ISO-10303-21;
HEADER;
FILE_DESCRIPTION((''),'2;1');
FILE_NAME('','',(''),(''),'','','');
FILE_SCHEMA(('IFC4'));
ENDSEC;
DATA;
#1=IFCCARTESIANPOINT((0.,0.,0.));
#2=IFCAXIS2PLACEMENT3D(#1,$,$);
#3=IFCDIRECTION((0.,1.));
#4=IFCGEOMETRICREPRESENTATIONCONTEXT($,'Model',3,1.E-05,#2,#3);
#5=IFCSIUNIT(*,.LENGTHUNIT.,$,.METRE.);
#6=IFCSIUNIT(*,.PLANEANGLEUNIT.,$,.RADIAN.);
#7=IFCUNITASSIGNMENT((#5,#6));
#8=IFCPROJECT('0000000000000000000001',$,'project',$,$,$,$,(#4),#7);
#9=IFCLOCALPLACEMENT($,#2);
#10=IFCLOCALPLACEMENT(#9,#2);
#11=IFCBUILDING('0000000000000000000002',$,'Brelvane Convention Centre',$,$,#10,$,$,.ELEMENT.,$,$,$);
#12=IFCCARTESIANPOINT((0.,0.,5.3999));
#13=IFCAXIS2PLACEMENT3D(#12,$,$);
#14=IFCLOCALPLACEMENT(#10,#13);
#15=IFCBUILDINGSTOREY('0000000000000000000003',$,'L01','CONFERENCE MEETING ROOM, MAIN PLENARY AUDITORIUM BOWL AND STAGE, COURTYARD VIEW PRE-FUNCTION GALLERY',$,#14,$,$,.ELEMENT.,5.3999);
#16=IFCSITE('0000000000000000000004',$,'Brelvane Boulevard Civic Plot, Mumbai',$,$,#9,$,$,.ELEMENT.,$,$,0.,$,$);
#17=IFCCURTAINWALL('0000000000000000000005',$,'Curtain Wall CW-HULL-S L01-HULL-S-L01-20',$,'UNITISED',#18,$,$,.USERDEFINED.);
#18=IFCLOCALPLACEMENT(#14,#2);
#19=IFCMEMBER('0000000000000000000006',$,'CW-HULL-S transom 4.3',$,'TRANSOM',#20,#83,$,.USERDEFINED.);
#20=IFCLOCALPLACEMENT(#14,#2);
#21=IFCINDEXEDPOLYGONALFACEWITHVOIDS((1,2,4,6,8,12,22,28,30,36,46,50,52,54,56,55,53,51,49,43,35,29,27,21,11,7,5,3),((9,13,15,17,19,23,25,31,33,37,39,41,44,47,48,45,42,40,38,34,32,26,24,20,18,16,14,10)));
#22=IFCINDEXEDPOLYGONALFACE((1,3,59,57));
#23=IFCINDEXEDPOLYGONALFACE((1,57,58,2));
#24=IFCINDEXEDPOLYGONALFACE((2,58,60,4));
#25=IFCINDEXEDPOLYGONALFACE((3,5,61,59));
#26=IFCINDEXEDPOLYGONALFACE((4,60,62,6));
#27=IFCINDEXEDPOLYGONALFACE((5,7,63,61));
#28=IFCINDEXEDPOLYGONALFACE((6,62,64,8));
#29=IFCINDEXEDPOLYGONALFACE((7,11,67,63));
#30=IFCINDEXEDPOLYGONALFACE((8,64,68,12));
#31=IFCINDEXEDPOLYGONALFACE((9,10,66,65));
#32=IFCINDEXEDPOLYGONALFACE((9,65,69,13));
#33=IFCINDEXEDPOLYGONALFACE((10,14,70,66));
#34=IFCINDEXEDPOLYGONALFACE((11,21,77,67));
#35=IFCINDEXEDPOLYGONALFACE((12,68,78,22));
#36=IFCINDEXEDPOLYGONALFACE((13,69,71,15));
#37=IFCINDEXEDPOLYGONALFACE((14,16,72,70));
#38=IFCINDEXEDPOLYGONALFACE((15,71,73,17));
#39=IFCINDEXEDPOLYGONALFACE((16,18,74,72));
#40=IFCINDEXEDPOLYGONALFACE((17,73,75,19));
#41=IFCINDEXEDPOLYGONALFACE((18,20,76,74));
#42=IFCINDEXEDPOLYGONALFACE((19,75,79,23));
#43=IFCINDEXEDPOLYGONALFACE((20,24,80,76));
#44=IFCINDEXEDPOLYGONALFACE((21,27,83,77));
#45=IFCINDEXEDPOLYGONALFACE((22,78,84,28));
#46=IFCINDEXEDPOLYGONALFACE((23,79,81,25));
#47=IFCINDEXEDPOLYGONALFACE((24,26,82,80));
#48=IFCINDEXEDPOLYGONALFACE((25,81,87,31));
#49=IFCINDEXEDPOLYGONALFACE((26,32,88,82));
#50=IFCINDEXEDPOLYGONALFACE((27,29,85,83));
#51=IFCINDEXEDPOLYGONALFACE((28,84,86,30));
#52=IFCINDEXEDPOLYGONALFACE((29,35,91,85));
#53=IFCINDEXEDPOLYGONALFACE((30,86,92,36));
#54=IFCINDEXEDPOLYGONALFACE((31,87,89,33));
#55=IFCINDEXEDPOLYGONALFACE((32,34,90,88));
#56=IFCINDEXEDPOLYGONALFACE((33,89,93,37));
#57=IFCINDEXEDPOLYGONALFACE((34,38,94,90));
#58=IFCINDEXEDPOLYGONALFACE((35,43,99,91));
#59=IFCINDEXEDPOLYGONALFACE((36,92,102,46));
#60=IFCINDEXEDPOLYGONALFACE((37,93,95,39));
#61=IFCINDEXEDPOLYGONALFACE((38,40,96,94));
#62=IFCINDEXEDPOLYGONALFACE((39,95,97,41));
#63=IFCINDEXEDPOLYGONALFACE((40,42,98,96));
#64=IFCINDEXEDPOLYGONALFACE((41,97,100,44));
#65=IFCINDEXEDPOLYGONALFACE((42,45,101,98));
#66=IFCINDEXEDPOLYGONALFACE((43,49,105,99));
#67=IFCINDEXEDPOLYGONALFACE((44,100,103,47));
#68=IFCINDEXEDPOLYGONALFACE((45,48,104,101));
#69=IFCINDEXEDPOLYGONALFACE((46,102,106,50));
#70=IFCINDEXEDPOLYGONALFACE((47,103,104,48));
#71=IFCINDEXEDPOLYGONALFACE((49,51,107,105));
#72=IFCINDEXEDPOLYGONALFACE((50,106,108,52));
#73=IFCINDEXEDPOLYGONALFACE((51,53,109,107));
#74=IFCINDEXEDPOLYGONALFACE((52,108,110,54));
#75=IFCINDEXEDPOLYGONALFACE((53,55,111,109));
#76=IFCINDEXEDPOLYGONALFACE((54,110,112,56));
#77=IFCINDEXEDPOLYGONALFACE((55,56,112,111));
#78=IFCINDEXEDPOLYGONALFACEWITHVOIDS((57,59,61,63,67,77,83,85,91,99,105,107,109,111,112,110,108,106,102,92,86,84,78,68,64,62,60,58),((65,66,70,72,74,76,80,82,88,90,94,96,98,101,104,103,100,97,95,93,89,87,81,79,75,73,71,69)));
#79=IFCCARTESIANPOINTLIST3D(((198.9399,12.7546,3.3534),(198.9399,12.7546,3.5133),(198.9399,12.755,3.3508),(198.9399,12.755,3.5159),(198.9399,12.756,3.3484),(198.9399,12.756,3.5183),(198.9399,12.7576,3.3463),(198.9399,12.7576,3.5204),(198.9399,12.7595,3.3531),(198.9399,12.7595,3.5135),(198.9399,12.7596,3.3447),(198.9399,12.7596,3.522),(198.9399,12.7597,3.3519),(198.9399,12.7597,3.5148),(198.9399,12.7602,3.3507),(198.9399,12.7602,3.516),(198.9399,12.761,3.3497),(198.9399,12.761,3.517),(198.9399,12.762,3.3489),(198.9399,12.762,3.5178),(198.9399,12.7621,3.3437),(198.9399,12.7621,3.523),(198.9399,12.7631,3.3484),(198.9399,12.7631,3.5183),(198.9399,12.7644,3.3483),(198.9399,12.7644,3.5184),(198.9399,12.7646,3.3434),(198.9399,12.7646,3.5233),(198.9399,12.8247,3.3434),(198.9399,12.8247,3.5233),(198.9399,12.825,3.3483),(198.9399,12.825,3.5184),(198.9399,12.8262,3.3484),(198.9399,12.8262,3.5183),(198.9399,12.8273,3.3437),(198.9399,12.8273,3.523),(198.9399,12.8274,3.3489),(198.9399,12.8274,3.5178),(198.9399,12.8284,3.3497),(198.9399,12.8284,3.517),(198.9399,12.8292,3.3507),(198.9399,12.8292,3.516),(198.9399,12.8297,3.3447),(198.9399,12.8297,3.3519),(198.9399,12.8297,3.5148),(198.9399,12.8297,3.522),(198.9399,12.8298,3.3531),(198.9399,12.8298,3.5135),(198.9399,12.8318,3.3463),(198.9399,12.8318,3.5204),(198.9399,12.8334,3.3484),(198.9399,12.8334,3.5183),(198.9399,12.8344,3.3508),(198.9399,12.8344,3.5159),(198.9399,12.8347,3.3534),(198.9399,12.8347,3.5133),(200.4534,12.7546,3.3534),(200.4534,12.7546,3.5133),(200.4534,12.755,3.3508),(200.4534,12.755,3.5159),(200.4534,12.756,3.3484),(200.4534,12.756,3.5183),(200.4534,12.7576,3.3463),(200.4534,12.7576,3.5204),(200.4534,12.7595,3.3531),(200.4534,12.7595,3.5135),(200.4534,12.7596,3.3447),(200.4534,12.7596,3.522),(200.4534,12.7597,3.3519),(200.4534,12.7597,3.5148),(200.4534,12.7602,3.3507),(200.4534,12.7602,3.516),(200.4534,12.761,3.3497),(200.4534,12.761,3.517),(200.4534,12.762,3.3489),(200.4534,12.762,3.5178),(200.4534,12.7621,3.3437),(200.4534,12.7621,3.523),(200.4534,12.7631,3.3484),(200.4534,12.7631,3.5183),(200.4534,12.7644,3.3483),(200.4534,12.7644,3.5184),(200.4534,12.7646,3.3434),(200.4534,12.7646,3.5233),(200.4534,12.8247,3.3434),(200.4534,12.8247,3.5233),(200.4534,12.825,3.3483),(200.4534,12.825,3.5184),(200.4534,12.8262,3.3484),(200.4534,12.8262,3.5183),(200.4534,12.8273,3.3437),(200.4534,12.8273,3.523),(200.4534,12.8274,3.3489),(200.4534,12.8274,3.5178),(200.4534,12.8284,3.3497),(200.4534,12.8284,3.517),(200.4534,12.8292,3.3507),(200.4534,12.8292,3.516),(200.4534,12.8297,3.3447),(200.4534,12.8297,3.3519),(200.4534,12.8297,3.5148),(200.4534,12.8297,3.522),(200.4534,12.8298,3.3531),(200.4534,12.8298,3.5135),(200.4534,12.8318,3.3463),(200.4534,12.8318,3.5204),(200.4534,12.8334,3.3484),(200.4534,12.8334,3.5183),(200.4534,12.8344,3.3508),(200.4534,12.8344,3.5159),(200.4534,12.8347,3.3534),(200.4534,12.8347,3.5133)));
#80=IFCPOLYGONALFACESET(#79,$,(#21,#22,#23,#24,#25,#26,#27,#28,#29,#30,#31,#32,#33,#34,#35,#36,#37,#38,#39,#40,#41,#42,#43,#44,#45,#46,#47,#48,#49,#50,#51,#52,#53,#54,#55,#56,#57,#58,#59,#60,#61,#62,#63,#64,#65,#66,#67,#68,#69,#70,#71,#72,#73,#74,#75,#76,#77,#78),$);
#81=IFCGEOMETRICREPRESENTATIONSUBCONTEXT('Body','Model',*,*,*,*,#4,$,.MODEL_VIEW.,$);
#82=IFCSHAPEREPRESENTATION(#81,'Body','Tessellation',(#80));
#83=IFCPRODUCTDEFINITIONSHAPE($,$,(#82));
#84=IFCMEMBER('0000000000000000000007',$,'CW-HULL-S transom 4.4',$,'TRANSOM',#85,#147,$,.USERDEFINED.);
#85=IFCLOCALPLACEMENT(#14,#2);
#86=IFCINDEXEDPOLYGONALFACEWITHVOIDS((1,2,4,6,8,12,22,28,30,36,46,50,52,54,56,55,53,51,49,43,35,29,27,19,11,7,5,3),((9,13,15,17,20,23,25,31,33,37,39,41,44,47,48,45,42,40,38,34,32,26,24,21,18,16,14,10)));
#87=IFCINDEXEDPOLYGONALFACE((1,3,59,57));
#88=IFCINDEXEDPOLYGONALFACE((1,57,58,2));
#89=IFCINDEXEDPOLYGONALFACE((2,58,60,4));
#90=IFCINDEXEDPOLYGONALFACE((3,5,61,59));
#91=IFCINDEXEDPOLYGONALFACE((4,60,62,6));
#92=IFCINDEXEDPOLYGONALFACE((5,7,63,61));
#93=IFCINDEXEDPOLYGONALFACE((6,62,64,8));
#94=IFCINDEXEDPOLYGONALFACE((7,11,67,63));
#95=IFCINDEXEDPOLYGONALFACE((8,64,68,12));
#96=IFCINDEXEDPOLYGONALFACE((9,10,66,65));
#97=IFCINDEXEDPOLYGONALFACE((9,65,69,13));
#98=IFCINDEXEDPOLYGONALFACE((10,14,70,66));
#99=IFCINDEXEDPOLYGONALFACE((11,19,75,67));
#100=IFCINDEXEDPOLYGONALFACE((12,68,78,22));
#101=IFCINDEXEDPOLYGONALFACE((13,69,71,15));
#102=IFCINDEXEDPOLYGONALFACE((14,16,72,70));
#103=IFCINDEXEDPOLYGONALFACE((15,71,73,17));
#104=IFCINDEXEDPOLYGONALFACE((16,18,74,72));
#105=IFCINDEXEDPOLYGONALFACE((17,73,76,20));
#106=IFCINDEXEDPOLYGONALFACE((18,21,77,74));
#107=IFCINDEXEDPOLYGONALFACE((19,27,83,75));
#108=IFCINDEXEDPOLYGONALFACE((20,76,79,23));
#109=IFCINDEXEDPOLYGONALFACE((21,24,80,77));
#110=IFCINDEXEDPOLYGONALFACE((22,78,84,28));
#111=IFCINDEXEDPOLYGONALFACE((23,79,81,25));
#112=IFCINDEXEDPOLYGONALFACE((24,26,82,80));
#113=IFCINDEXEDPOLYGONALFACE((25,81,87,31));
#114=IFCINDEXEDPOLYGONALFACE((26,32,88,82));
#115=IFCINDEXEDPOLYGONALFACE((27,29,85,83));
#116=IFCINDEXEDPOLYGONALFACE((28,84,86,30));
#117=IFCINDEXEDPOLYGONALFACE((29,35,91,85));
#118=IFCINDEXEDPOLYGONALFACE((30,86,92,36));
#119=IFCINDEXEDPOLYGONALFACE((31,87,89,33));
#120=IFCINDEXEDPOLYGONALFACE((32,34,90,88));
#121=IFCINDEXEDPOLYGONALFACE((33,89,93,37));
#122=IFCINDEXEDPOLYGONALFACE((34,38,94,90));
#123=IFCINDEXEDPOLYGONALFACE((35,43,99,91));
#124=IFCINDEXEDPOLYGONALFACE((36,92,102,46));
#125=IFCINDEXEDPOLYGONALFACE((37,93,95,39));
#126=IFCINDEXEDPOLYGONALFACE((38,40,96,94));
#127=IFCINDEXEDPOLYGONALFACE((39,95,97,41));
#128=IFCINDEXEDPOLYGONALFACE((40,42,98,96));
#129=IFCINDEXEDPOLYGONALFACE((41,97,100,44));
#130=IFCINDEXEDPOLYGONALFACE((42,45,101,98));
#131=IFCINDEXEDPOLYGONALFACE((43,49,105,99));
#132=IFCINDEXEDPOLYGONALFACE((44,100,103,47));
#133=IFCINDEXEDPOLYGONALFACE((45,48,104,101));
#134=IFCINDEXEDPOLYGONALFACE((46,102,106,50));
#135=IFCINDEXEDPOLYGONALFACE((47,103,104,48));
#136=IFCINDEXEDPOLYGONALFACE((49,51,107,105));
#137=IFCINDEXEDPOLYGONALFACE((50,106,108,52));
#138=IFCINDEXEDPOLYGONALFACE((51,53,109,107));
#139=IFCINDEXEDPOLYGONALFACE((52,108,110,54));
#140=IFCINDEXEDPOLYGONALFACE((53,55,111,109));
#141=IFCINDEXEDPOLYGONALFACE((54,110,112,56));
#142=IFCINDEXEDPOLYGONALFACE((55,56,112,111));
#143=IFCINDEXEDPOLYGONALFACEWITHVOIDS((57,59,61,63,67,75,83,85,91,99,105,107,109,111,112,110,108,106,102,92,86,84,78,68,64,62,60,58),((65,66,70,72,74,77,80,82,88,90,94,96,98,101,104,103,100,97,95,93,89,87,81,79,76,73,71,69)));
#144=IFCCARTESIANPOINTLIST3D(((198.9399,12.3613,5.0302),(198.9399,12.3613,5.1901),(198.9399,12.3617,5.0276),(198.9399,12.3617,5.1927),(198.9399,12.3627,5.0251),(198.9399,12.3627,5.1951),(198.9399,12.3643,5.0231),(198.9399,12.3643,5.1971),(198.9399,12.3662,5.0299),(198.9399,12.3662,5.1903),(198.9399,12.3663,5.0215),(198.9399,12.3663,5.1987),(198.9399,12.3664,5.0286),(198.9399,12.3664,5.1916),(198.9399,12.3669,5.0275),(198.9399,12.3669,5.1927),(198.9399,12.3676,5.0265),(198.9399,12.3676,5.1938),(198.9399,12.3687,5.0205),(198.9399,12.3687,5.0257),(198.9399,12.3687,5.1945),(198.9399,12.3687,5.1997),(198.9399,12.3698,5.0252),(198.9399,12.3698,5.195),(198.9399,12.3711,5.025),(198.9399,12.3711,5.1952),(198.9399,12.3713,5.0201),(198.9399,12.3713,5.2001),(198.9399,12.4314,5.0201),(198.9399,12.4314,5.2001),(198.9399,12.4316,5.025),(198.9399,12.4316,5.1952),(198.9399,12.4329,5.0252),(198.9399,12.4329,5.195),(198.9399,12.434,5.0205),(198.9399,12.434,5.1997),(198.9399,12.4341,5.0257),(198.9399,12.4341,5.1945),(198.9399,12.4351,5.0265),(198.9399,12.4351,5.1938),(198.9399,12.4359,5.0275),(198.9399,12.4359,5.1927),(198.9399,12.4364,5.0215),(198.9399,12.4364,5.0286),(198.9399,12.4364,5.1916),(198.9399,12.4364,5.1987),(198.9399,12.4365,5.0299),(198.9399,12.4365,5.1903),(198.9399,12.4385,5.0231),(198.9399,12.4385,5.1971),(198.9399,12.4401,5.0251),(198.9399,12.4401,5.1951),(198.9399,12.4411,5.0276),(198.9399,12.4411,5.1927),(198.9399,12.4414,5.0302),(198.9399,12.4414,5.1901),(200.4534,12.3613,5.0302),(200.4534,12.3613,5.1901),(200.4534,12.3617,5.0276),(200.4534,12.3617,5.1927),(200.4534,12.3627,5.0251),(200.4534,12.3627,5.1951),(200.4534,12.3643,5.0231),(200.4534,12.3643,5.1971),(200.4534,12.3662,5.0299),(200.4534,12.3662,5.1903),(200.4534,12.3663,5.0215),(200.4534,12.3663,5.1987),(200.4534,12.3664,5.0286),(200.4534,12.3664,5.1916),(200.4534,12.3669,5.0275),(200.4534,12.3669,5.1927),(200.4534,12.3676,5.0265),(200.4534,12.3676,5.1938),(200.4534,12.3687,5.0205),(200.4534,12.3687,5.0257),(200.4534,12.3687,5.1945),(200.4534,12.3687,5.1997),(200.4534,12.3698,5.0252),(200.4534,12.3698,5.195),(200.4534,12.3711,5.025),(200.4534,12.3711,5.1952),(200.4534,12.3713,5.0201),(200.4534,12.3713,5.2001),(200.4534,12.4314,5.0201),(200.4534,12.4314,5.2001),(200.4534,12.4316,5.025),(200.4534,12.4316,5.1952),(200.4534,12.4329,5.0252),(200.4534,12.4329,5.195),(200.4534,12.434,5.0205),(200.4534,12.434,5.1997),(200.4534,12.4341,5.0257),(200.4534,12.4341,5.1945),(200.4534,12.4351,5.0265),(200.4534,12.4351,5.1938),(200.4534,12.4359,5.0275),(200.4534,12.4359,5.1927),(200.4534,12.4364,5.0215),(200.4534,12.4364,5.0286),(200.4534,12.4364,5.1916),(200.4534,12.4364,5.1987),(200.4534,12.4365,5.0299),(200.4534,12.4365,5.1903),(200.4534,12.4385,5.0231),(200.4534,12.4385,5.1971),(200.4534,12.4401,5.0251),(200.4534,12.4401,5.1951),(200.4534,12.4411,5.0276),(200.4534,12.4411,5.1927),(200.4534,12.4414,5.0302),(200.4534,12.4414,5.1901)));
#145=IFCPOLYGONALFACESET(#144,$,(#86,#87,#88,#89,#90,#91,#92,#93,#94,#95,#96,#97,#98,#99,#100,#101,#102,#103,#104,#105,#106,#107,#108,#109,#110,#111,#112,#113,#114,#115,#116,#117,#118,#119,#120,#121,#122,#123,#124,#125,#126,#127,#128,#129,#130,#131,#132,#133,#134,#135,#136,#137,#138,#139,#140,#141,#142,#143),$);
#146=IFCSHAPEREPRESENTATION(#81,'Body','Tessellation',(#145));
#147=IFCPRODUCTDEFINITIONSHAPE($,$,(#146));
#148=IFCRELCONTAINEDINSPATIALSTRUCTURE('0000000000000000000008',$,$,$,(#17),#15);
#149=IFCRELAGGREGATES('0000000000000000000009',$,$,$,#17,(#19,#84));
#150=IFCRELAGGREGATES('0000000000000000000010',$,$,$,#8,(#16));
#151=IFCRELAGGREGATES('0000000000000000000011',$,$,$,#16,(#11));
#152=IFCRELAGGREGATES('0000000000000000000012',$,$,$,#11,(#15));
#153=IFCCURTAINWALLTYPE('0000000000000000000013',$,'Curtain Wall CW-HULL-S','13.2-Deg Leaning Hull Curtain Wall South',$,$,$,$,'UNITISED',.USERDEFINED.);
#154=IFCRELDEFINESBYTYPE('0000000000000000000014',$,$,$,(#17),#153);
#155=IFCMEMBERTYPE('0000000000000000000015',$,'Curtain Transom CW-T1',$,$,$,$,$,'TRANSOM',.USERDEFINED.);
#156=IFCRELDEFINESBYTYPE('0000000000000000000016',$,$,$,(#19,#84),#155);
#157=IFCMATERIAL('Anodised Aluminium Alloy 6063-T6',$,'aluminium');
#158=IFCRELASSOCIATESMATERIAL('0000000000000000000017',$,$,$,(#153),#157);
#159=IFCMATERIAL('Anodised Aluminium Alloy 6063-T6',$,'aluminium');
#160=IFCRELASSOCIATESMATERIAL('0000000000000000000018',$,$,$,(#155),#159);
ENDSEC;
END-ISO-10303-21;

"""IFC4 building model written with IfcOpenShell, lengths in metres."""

from ifc_helpers import new_model, si_unit, direction, frame, origin, origin_2d, place, context, subcontext, project, spatial, hollow_rectangle, extrude, material, material_profile, profile_set, type_object, element, aggregate, save


model = new_model("IFC4")

# Units and contexts
model_context = context("Model", 3, precision=1e-05, world=origin(), true_north=direction((0.0, 1.0)))
body_context = subcontext(model_context, "Body", "Model", "MODEL_VIEW")
ifc_project = project(units=[si_unit("LENGTHUNIT", "METRE"), si_unit("PLANEANGLEUNIT", "RADIAN")], contexts=[model_context])

# Site, building, storey
site_placement = place(None, origin())
site = spatial("IfcSite", under=ifc_project, at=site_placement, Name="Brelvane Boulevard Civic Plot, Mumbai", CompositionType="ELEMENT", RefElevation=0.0)
building_placement = place(site_placement, origin())
building = spatial("IfcBuilding", under=site, at=building_placement, Name="Brelvane Convention Centre", CompositionType="ELEMENT")
storey_placement = place(building_placement, frame((0.0, 0.0, 5.3999)))
storey = spatial("IfcBuildingStorey", under=building, at=storey_placement, Name="L01", Description="CONFERENCE MEETING ROOM, MAIN PLENARY AUDITORIUM BOWL AND STAGE, COURTYARD VIEW PRE-FUNCTION GALLERY", CompositionType="ELEMENT", Elevation=5.3999)

# Curtain wall, members
ifc_material_1 = material(Name="Anodised Aluminium Alloy 6063-T6", Category="aluminium")
curtain_wall_type = type_object("IfcCurtainWallType", Name="Curtain Wall CW-HULL-S", Description="13.2-Deg Leaning Hull Curtain Wall South", ElementType="UNITISED", PredefinedType="USERDEFINED", material=ifc_material_1)
curtain_wall_1_placement = place(storey_placement, origin())
curtain_wall_1 = element("IfcCurtainWall", 1, at=curtain_wall_1_placement, inside=storey, type_object=curtain_wall_type, Name="Curtain Wall CW-HULL-S L01-HULL-S-L01-20", ObjectType="UNITISED", PredefinedType="USERDEFINED")
ifc_material_2 = material(Name="Anodised Aluminium Alloy 6063-T6", Category="aluminium")
ifc_material_profile = material_profile(ifc_material_2, hollow_rectangle(XDim=0.0801, YDim=0.1799, WallThickness=0.0049, InnerFilletRadius=0.0049, OuterFilletRadius=0.01, at=origin_2d()), Name="ALU-T 180x80x5.0")
ifc_profile_set = profile_set([ifc_material_profile], Name="Anodised Aluminium Alloy 6063-T6")
member_type = type_object("IfcMemberType", Name="Curtain Transom CW-T1", ElementType="TRANSOM", PredefinedType="USERDEFINED", material=ifc_profile_set)
member_1_placement = place(storey_placement, frame((198.9399, 12.7947, 3.4333), z_axis=(1.0, 0.0, 0.0), x_axis=(0.0, 1.0, 0.0)))
member_1 = element("IfcMember", 2, at=member_1_placement, type_object=member_type, Name="CW-HULL-S transom 4.3", ObjectType="TRANSOM", PredefinedType="USERDEFINED", context=body_context, shape_type="SweptSolid", body=[
    extrude(hollow_rectangle(XDim=0.0801, YDim=0.1799, WallThickness=0.0049, InnerFilletRadius=0.0049, OuterFilletRadius=0.01, at=origin_2d()), origin(), (0.0, 0.0, 1.0), 1.5134),
])
member_2_placement = place(storey_placement, frame((198.9399, 12.4014, 5.1101), z_axis=(1.0, 0.0, 0.0), x_axis=(0.0, 1.0, 0.0)))
member_2 = element("IfcMember", 3, at=member_2_placement, type_object=member_type, Name="CW-HULL-S transom 4.4", ObjectType="TRANSOM", PredefinedType="USERDEFINED", context=body_context, shape_type="SweptSolid", body=[
    extrude(hollow_rectangle(XDim=0.0801, YDim=0.1799, WallThickness=0.0049, InnerFilletRadius=0.0049, OuterFilletRadius=0.01, at=origin_2d()), origin(), (0.0, 0.0, 1.0), 1.5134),
])

aggregate(curtain_wall_1, [member_1, member_2])

save(model, "model.ifc")
